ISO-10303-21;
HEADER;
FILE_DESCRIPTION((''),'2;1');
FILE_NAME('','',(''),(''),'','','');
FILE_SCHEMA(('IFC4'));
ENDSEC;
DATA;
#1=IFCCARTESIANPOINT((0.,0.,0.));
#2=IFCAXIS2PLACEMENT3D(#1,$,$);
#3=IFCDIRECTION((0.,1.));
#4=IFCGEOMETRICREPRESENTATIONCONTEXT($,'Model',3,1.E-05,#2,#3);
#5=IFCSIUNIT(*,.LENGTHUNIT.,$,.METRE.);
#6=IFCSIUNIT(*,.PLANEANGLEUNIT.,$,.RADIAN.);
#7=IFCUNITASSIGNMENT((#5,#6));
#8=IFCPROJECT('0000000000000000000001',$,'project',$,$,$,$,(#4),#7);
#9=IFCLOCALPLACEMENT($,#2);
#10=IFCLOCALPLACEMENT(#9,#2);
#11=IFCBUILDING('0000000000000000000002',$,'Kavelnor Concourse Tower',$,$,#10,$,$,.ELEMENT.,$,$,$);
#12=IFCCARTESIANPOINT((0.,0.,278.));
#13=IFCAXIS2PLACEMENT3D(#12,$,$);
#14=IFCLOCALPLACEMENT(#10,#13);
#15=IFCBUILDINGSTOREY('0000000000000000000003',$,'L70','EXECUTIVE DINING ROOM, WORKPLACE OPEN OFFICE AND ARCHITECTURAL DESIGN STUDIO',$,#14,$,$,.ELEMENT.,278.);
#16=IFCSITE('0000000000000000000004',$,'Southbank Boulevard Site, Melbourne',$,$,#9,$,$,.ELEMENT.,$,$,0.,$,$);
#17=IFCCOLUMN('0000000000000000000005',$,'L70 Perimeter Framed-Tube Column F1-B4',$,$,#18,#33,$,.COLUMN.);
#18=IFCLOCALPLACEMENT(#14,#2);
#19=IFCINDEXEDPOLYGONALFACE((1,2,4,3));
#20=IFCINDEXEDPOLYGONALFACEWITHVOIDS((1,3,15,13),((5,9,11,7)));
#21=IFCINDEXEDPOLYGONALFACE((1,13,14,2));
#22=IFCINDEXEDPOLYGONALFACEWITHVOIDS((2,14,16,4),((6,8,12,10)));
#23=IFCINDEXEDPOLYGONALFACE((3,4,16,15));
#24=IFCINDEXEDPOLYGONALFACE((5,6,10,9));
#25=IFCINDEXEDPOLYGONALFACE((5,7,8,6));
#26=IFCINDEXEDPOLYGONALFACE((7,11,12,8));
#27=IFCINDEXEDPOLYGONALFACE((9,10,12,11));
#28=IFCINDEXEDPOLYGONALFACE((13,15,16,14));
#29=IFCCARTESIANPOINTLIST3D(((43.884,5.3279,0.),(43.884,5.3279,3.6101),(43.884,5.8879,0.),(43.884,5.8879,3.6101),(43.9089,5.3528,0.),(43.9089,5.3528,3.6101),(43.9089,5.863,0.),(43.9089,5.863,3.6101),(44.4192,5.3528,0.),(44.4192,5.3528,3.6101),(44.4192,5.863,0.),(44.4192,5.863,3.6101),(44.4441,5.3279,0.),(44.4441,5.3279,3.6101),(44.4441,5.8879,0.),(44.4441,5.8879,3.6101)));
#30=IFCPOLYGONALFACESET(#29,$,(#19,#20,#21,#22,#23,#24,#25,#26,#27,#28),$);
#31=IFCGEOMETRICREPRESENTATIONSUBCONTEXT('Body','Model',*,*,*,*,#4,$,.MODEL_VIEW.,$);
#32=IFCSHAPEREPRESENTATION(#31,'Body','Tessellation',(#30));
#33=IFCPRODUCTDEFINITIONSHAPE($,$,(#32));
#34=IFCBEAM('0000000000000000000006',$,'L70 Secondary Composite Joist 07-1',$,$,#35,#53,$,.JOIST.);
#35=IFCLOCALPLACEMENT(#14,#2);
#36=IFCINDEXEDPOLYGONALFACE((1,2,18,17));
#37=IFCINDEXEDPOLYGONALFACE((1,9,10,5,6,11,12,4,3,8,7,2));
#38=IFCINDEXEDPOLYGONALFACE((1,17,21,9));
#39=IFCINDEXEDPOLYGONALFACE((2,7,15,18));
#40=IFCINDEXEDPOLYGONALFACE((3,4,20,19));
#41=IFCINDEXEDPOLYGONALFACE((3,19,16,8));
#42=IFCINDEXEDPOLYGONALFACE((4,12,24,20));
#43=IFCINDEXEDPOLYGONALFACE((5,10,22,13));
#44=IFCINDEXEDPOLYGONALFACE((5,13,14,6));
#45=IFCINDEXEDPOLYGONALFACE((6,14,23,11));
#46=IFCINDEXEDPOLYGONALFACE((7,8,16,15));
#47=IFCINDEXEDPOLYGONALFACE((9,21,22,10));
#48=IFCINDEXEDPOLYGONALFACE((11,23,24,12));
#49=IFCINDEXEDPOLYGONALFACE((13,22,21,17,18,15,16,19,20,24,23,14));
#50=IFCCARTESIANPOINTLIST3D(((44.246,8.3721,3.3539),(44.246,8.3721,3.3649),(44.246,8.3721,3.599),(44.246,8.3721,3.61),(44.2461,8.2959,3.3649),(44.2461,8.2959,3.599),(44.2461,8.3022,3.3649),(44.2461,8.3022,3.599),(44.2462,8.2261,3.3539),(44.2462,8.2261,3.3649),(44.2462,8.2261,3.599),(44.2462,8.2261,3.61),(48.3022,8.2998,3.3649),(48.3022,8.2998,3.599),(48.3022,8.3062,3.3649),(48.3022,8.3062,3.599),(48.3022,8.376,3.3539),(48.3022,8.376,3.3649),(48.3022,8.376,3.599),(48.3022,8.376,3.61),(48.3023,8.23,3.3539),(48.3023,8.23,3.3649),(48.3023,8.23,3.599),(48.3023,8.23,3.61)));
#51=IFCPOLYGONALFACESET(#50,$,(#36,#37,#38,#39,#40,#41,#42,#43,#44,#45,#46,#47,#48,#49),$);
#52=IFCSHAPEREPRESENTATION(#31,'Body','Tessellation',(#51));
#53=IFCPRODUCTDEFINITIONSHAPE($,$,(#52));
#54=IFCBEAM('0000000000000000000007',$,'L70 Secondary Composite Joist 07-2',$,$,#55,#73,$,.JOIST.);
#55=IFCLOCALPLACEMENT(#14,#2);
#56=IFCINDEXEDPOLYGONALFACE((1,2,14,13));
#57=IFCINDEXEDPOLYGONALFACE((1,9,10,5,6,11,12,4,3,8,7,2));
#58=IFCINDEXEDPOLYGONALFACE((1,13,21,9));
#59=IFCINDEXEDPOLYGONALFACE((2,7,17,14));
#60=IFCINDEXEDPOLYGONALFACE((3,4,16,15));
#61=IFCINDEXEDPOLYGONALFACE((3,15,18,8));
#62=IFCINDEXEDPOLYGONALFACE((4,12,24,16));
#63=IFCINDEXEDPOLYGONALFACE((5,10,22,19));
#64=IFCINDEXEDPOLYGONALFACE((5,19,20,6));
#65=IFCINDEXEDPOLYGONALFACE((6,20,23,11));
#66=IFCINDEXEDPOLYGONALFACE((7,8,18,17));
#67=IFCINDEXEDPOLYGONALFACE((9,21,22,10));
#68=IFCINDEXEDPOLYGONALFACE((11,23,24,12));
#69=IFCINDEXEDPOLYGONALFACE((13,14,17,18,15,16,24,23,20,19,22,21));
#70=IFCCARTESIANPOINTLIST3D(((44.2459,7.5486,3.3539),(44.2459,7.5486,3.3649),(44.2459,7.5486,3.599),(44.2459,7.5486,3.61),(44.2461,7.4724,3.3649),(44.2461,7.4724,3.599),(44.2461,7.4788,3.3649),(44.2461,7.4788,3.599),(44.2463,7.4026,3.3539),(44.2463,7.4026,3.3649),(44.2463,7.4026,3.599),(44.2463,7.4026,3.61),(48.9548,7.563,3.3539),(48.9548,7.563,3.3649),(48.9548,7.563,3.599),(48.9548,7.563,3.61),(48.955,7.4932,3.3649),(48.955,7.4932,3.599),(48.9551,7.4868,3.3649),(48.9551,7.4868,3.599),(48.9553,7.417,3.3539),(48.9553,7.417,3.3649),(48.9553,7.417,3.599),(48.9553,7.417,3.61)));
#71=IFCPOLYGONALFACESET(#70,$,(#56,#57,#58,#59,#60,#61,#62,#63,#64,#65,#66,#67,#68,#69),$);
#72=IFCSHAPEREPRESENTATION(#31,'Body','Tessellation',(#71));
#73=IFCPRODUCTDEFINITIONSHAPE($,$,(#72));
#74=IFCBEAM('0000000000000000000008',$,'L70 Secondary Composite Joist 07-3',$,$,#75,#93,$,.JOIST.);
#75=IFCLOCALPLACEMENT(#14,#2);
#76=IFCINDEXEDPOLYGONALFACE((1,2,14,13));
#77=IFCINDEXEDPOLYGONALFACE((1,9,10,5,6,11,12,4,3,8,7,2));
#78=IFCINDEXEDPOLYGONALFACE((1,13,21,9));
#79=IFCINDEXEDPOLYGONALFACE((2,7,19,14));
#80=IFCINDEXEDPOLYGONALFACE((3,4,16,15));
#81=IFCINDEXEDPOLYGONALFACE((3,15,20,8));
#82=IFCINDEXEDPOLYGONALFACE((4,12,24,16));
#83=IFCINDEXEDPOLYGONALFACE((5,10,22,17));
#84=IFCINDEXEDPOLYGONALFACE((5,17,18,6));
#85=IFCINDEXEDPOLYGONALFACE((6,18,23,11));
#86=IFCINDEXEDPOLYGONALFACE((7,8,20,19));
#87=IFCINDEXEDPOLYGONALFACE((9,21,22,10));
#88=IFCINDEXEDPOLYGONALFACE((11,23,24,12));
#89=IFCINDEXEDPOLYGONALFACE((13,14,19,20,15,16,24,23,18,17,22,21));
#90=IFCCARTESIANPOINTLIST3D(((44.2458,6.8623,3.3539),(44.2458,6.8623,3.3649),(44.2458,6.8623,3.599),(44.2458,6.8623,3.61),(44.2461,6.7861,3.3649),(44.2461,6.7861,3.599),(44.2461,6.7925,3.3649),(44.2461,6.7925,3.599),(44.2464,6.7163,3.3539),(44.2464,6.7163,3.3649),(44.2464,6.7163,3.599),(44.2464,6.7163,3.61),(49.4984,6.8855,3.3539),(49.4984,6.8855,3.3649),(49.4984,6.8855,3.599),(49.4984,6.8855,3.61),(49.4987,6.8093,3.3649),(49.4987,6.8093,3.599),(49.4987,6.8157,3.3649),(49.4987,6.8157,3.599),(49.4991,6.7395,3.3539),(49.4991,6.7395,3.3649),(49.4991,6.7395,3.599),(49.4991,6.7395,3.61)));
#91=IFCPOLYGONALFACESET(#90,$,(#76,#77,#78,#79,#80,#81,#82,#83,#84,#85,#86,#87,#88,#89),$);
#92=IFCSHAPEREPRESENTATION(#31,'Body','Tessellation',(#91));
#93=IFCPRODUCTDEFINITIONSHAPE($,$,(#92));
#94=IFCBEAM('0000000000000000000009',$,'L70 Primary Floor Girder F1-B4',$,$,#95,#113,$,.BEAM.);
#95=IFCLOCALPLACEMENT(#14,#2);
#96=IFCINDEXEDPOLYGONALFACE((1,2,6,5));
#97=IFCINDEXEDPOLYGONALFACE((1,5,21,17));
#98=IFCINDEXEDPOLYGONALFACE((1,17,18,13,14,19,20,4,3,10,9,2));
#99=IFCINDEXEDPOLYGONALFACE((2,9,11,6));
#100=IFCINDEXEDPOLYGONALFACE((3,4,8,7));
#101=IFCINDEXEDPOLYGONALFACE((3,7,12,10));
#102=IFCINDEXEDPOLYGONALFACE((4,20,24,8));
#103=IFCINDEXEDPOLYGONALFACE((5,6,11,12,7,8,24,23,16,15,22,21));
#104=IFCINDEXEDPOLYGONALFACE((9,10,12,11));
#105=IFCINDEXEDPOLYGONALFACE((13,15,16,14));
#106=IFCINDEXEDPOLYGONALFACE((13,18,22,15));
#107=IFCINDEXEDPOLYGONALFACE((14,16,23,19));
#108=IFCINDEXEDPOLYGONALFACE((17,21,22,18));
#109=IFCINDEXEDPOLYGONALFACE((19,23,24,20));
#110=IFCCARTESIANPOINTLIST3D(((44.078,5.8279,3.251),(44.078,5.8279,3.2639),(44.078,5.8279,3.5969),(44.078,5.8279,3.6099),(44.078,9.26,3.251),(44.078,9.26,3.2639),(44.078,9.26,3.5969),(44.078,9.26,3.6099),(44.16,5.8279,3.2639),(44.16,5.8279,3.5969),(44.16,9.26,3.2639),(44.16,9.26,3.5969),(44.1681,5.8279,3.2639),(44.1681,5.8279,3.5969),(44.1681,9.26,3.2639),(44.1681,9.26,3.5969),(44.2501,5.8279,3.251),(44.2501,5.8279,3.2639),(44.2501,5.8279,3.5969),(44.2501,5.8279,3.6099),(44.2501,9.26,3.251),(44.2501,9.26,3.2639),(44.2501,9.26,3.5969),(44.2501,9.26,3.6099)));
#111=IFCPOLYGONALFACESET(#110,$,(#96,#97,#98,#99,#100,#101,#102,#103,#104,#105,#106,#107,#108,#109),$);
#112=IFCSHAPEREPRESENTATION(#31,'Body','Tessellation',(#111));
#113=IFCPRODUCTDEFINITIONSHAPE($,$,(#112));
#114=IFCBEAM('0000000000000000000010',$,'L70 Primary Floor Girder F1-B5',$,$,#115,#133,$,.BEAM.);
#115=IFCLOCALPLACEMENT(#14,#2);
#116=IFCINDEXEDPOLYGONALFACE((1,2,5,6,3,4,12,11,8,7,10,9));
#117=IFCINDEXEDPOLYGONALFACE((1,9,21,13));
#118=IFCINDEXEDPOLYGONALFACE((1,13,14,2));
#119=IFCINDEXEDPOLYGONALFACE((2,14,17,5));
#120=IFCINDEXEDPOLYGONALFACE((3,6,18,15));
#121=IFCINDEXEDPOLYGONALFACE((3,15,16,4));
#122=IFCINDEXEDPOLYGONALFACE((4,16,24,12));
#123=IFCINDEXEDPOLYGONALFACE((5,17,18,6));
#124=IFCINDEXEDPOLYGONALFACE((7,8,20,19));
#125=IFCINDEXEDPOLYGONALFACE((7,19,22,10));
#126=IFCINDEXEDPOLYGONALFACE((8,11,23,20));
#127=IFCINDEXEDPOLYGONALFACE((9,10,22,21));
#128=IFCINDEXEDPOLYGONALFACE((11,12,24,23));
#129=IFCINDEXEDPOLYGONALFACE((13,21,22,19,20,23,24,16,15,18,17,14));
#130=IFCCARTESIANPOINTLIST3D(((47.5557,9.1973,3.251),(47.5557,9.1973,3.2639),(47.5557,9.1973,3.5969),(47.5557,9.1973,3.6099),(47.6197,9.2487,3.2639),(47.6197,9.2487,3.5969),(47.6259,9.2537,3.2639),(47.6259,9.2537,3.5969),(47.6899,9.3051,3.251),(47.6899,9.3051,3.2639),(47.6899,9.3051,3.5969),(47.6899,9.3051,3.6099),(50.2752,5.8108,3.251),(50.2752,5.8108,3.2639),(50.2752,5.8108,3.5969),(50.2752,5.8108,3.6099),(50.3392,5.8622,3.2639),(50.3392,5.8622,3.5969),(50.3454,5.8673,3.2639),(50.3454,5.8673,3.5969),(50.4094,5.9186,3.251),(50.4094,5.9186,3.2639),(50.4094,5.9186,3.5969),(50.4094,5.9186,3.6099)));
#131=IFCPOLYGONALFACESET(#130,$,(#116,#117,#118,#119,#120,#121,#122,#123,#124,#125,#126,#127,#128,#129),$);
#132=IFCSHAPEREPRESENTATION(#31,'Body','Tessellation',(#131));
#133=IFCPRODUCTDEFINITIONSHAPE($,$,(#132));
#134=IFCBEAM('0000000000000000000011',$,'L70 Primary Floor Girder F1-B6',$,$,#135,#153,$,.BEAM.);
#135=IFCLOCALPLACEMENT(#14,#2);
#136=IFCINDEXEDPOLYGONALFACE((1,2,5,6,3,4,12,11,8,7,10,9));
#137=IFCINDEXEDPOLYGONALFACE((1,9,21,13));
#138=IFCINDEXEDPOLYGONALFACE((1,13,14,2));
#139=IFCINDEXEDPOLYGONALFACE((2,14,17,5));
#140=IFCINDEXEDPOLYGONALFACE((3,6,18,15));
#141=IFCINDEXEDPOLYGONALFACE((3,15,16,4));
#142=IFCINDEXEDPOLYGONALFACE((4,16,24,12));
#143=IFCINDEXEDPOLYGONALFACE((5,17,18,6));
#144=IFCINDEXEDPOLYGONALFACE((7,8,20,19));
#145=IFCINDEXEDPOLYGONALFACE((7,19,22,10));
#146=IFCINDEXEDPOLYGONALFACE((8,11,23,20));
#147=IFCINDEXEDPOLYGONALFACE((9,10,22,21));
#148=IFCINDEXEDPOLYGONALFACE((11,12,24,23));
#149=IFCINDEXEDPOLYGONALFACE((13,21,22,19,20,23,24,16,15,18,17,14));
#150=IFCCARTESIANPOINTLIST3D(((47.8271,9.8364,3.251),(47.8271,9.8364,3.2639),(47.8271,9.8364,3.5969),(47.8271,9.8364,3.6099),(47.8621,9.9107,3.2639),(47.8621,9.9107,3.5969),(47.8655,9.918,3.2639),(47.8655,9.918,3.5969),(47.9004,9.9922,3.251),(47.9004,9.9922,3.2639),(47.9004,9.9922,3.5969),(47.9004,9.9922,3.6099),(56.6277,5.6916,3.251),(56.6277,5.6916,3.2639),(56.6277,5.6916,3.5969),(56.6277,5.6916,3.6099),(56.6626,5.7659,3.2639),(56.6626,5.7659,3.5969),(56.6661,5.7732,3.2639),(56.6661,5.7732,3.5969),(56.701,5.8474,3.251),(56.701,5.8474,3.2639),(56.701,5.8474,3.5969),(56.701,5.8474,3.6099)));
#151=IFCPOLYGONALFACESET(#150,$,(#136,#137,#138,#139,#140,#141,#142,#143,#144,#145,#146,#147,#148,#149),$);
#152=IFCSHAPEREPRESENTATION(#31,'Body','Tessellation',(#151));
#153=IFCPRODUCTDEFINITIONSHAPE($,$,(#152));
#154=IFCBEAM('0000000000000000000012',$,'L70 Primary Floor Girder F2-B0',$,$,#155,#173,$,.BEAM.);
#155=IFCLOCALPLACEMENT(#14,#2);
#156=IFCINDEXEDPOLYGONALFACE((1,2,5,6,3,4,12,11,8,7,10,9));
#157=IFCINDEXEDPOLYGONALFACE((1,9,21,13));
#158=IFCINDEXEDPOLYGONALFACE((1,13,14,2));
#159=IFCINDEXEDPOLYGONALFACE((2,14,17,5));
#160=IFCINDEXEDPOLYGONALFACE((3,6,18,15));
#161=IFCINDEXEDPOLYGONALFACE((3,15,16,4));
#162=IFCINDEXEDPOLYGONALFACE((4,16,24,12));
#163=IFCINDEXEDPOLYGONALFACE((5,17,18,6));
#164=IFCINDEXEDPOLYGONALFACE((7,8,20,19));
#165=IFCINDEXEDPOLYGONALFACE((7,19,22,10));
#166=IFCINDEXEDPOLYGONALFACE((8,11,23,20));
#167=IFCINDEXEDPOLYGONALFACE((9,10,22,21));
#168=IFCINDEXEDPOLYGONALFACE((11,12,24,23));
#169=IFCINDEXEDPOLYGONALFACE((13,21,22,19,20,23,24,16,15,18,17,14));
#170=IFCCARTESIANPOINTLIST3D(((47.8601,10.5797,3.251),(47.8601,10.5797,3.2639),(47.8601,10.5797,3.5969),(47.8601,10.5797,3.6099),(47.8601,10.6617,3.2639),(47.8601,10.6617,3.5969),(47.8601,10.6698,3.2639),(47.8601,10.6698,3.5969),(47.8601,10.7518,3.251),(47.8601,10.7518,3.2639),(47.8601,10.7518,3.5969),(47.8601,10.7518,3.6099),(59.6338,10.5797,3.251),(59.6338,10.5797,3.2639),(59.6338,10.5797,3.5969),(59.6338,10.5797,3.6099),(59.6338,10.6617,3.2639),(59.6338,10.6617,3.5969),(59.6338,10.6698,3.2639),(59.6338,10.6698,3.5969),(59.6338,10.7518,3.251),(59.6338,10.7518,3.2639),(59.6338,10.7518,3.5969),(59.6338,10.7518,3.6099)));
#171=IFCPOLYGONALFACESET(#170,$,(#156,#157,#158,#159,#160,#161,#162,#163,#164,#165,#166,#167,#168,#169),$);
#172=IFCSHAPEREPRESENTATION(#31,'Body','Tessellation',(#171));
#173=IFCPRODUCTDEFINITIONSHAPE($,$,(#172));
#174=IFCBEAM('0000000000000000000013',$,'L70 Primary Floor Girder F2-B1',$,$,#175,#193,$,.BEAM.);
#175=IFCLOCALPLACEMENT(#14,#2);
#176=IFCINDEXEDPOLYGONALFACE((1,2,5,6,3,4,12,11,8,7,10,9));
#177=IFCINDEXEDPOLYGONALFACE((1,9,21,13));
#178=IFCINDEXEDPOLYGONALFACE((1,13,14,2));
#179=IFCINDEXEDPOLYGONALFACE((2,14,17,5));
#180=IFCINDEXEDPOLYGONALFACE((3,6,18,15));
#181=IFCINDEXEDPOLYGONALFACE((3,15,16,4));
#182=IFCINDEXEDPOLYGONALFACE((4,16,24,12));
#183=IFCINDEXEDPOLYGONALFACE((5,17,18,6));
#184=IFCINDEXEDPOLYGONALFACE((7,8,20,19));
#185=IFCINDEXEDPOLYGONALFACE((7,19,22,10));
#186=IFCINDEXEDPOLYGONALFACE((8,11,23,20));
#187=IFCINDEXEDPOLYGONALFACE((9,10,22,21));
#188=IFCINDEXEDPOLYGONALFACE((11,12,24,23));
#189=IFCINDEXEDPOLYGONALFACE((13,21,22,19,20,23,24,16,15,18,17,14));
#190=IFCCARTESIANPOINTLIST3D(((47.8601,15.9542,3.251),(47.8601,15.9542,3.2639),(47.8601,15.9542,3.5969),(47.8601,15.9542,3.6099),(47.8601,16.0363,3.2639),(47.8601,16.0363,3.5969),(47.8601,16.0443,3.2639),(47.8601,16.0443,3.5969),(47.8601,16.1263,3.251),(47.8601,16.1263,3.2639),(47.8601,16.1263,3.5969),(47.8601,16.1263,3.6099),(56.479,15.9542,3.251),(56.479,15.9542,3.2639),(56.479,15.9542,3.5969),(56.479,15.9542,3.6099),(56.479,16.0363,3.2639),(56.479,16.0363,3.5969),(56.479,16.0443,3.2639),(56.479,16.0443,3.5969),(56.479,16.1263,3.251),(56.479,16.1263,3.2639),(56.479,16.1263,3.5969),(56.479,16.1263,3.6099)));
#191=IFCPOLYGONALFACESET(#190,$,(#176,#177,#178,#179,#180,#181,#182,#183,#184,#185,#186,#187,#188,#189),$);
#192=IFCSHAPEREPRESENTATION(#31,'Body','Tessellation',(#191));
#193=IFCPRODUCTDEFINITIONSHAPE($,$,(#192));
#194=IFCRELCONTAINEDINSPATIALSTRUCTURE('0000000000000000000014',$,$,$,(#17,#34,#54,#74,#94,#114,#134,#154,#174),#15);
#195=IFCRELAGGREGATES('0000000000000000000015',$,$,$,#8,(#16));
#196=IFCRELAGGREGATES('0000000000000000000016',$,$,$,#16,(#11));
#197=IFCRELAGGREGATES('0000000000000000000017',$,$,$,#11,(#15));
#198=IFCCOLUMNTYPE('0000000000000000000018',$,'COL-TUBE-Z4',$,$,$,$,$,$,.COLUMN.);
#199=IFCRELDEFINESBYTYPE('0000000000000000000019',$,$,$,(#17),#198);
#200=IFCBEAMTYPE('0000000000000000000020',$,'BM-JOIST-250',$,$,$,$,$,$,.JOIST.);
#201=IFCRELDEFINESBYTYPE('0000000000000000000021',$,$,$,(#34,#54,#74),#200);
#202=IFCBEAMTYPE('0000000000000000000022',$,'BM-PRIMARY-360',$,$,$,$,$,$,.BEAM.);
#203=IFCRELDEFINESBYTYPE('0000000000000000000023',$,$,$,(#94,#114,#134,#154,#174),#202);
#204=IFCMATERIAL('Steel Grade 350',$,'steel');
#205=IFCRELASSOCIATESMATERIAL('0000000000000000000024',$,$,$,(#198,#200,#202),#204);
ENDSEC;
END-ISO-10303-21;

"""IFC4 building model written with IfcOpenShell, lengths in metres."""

from ifc_helpers import new_model, si_unit, direction, frame, origin, origin_2d, place, context, subcontext, project, spatial, hollow_rectangle, i_section, extrude, material, material_profile, profile_set, type_object, element, save


model = new_model("IFC4")

# Units and contexts
model_context = context("Model", 3, precision=1e-05, world=origin(), true_north=direction((0.0, 1.0)))
body_context = subcontext(model_context, "Body", "Model", "MODEL_VIEW")
ifc_project = project(units=[si_unit("LENGTHUNIT", "METRE"), si_unit("PLANEANGLEUNIT", "RADIAN")], contexts=[model_context])

# Site, building, storey
site_placement = place(None, origin())
site = spatial("IfcSite", under=ifc_project, at=site_placement, Name="Southbank Boulevard Site, Melbourne", CompositionType="ELEMENT", RefElevation=0.0)
building_placement = place(site_placement, origin())
building = spatial("IfcBuilding", under=site, at=building_placement, Name="Kavelnor Concourse Tower", CompositionType="ELEMENT")
storey_placement = place(building_placement, frame((0.0, 0.0, 278.0)))
storey = spatial("IfcBuildingStorey", under=building, at=storey_placement, Name="L70", Description="EXECUTIVE DINING ROOM, WORKPLACE OPEN OFFICE AND ARCHITECTURAL DESIGN STUDIO", CompositionType="ELEMENT", Elevation=278.0)

# Column
ifc_material_1 = material(Name="Steel Grade 350", Category="steel")
ifc_material_profile_1 = material_profile(ifc_material_1, hollow_rectangle(XDim=0.5601, YDim=0.5601, WallThickness=0.0249, at=origin_2d()), Name="SHS 560x560x25")
ifc_profile_set_1 = profile_set([ifc_material_profile_1], Name="Steel Grade 350")
column_type = type_object("IfcColumnType", Name="COL-TUBE-Z4", PredefinedType="COLUMN", material=ifc_profile_set_1)
column_placement = place(storey_placement, frame((44.1641, 5.6079, 0.0), z_axis=(0.0, 0.0, 1.0), x_axis=(1.0, 0.0, 0.0)))
element("IfcColumn", 1, at=column_placement, inside=storey, type_object=column_type, Name="L70 Perimeter Framed-Tube Column F1-B4", PredefinedType="COLUMN", context=body_context, shape_type="SweptSolid", body=[
    extrude(hollow_rectangle(XDim=0.5601, YDim=0.5601, WallThickness=0.0249, at=origin_2d()), origin(), (0.0, 0.0, 1.0), 3.6101),
])

# Beams
ifc_material_profile_2 = material_profile(ifc_material_1, i_section(OverallWidth=0.146, OverallDepth=0.2561, WebThickness=0.0063, FlangeThickness=0.011, at=origin_2d()), Name="250UB37")
ifc_profile_set_2 = profile_set([ifc_material_profile_2], Name="Steel Grade 350")
beam_type_1 = type_object("IfcBeamType", Name="BM-JOIST-250", PredefinedType="JOIST", material=ifc_profile_set_2)
beam_1_placement = place(storey_placement, frame((44.2461, 8.2991, 3.4819), z_axis=(1.0, 0.000963, 0.0), x_axis=(-0.000963, 1.0, 0.0)))
element("IfcBeam", 2, at=beam_1_placement, inside=storey, type_object=beam_type_1, Name="L70 Secondary Composite Joist 07-1", PredefinedType="JOIST", context=body_context, shape_type="SweptSolid", body=[
    extrude(i_section(OverallWidth=0.146, OverallDepth=0.2561, WebThickness=0.0063, FlangeThickness=0.011, at=origin_2d()), origin(), (0.0, 0.0, 1.0), 4.0562),
])
beam_2_placement = place(storey_placement, frame((44.2461, 7.4756, 3.4819), z_axis=(0.999995, 0.003059, 0.0), x_axis=(-0.003059, 0.999995, 0.0)))
element("IfcBeam", 3, at=beam_2_placement, inside=storey, type_object=beam_type_1, Name="L70 Secondary Composite Joist 07-2", PredefinedType="JOIST", context=body_context, shape_type="SweptSolid", body=[
    extrude(i_section(OverallWidth=0.146, OverallDepth=0.2561, WebThickness=0.0063, FlangeThickness=0.011, at=origin_2d()), origin(), (0.0, 0.0, 1.0), 4.709),
])
beam_3_placement = place(storey_placement, frame((44.2461, 6.7893, 3.4819), z_axis=(0.99999, 0.004415, 0.0), x_axis=(-0.004415, 0.99999, 0.0)))
element("IfcBeam", 4, at=beam_3_placement, inside=storey, type_object=beam_type_1, Name="L70 Secondary Composite Joist 07-3", PredefinedType="JOIST", context=body_context, shape_type="SweptSolid", body=[
    extrude(i_section(OverallWidth=0.146, OverallDepth=0.2561, WebThickness=0.0063, FlangeThickness=0.011, at=origin_2d()), origin(), (0.0, 0.0, 1.0), 5.2527),
])
ifc_material_profile_3 = material_profile(ifc_material_1, i_section(OverallWidth=0.1721, OverallDepth=0.3589, WebThickness=0.0081, FlangeThickness=0.0129, at=origin_2d()), Name="360UB56")
ifc_profile_set_3 = profile_set([ifc_material_profile_3], Name="Steel Grade 350")
beam_type_2 = type_object("IfcBeamType", Name="BM-PRIMARY-360", PredefinedType="BEAM", material=ifc_profile_set_3)
beam_4_placement = place(storey_placement, frame((44.1641, 9.26, 3.4304), z_axis=(0.0, -1.0, 0.0), x_axis=(1.0, 0.0, 0.0)))
element("IfcBeam", 5, at=beam_4_placement, inside=storey, type_object=beam_type_2, Name="L70 Primary Floor Girder F1-B4", PredefinedType="BEAM", context=body_context, shape_type="SweptSolid", body=[
    extrude(i_section(OverallWidth=0.1721, OverallDepth=0.3589, WebThickness=0.0081, FlangeThickness=0.0129, at=origin_2d()), origin(), (0.0, 0.0, 1.0), 3.4321),
])
beam_5_placement = place(storey_placement, frame((47.6228, 9.2512, 3.4304), z_axis=(0.62614, -0.77971, 0.0), x_axis=(0.77971, 0.62614, 0.0)))
element("IfcBeam", 6, at=beam_5_placement, inside=storey, type_object=beam_type_2, Name="L70 Primary Floor Girder F1-B5", PredefinedType="BEAM", context=body_context, shape_type="SweptSolid", body=[
    extrude(i_section(OverallWidth=0.1721, OverallDepth=0.3589, WebThickness=0.0081, FlangeThickness=0.0129, at=origin_2d()), origin(), (0.0, 0.0, 1.0), 4.3433),
])
beam_6_placement = place(storey_placement, frame((47.8638, 9.9143, 3.4304), z_axis=(0.904686, -0.426079, 0.0), x_axis=(0.426079, 0.904686, 0.0)))
element("IfcBeam", 7, at=beam_6_placement, inside=storey, type_object=beam_type_2, Name="L70 Primary Floor Girder F1-B6", PredefinedType="BEAM", context=body_context, shape_type="SweptSolid", body=[
    extrude(i_section(OverallWidth=0.1721, OverallDepth=0.3589, WebThickness=0.0081, FlangeThickness=0.0129, at=origin_2d()), origin(), (0.0, 0.0, 1.0), 9.7278),
])
beam_7_placement = place(storey_placement, frame((47.8601, 10.6658, 3.4304), z_axis=(1.0, 0.0, 0.0), x_axis=(0.0, 1.0, 0.0)))
element("IfcBeam", 8, at=beam_7_placement, inside=storey, type_object=beam_type_2, Name="L70 Primary Floor Girder F2-B0", PredefinedType="BEAM", context=body_context, shape_type="SweptSolid", body=[
    extrude(i_section(OverallWidth=0.1721, OverallDepth=0.3589, WebThickness=0.0081, FlangeThickness=0.0129, at=origin_2d()), origin(), (0.0, 0.0, 1.0), 11.7737),
])
beam_8_placement = place(storey_placement, frame((47.8601, 16.0403, 3.4304), z_axis=(1.0, 0.0, 0.0), x_axis=(0.0, 1.0, 0.0)))
element("IfcBeam", 9, at=beam_8_placement, inside=storey, type_object=beam_type_2, Name="L70 Primary Floor Girder F2-B1", PredefinedType="BEAM", context=body_context, shape_type="SweptSolid", body=[
    extrude(i_section(OverallWidth=0.1721, OverallDepth=0.3589, WebThickness=0.0081, FlangeThickness=0.0129, at=origin_2d()), origin(), (0.0, 0.0, 1.0), 8.6189),
])

save(model, "model.ifc")
